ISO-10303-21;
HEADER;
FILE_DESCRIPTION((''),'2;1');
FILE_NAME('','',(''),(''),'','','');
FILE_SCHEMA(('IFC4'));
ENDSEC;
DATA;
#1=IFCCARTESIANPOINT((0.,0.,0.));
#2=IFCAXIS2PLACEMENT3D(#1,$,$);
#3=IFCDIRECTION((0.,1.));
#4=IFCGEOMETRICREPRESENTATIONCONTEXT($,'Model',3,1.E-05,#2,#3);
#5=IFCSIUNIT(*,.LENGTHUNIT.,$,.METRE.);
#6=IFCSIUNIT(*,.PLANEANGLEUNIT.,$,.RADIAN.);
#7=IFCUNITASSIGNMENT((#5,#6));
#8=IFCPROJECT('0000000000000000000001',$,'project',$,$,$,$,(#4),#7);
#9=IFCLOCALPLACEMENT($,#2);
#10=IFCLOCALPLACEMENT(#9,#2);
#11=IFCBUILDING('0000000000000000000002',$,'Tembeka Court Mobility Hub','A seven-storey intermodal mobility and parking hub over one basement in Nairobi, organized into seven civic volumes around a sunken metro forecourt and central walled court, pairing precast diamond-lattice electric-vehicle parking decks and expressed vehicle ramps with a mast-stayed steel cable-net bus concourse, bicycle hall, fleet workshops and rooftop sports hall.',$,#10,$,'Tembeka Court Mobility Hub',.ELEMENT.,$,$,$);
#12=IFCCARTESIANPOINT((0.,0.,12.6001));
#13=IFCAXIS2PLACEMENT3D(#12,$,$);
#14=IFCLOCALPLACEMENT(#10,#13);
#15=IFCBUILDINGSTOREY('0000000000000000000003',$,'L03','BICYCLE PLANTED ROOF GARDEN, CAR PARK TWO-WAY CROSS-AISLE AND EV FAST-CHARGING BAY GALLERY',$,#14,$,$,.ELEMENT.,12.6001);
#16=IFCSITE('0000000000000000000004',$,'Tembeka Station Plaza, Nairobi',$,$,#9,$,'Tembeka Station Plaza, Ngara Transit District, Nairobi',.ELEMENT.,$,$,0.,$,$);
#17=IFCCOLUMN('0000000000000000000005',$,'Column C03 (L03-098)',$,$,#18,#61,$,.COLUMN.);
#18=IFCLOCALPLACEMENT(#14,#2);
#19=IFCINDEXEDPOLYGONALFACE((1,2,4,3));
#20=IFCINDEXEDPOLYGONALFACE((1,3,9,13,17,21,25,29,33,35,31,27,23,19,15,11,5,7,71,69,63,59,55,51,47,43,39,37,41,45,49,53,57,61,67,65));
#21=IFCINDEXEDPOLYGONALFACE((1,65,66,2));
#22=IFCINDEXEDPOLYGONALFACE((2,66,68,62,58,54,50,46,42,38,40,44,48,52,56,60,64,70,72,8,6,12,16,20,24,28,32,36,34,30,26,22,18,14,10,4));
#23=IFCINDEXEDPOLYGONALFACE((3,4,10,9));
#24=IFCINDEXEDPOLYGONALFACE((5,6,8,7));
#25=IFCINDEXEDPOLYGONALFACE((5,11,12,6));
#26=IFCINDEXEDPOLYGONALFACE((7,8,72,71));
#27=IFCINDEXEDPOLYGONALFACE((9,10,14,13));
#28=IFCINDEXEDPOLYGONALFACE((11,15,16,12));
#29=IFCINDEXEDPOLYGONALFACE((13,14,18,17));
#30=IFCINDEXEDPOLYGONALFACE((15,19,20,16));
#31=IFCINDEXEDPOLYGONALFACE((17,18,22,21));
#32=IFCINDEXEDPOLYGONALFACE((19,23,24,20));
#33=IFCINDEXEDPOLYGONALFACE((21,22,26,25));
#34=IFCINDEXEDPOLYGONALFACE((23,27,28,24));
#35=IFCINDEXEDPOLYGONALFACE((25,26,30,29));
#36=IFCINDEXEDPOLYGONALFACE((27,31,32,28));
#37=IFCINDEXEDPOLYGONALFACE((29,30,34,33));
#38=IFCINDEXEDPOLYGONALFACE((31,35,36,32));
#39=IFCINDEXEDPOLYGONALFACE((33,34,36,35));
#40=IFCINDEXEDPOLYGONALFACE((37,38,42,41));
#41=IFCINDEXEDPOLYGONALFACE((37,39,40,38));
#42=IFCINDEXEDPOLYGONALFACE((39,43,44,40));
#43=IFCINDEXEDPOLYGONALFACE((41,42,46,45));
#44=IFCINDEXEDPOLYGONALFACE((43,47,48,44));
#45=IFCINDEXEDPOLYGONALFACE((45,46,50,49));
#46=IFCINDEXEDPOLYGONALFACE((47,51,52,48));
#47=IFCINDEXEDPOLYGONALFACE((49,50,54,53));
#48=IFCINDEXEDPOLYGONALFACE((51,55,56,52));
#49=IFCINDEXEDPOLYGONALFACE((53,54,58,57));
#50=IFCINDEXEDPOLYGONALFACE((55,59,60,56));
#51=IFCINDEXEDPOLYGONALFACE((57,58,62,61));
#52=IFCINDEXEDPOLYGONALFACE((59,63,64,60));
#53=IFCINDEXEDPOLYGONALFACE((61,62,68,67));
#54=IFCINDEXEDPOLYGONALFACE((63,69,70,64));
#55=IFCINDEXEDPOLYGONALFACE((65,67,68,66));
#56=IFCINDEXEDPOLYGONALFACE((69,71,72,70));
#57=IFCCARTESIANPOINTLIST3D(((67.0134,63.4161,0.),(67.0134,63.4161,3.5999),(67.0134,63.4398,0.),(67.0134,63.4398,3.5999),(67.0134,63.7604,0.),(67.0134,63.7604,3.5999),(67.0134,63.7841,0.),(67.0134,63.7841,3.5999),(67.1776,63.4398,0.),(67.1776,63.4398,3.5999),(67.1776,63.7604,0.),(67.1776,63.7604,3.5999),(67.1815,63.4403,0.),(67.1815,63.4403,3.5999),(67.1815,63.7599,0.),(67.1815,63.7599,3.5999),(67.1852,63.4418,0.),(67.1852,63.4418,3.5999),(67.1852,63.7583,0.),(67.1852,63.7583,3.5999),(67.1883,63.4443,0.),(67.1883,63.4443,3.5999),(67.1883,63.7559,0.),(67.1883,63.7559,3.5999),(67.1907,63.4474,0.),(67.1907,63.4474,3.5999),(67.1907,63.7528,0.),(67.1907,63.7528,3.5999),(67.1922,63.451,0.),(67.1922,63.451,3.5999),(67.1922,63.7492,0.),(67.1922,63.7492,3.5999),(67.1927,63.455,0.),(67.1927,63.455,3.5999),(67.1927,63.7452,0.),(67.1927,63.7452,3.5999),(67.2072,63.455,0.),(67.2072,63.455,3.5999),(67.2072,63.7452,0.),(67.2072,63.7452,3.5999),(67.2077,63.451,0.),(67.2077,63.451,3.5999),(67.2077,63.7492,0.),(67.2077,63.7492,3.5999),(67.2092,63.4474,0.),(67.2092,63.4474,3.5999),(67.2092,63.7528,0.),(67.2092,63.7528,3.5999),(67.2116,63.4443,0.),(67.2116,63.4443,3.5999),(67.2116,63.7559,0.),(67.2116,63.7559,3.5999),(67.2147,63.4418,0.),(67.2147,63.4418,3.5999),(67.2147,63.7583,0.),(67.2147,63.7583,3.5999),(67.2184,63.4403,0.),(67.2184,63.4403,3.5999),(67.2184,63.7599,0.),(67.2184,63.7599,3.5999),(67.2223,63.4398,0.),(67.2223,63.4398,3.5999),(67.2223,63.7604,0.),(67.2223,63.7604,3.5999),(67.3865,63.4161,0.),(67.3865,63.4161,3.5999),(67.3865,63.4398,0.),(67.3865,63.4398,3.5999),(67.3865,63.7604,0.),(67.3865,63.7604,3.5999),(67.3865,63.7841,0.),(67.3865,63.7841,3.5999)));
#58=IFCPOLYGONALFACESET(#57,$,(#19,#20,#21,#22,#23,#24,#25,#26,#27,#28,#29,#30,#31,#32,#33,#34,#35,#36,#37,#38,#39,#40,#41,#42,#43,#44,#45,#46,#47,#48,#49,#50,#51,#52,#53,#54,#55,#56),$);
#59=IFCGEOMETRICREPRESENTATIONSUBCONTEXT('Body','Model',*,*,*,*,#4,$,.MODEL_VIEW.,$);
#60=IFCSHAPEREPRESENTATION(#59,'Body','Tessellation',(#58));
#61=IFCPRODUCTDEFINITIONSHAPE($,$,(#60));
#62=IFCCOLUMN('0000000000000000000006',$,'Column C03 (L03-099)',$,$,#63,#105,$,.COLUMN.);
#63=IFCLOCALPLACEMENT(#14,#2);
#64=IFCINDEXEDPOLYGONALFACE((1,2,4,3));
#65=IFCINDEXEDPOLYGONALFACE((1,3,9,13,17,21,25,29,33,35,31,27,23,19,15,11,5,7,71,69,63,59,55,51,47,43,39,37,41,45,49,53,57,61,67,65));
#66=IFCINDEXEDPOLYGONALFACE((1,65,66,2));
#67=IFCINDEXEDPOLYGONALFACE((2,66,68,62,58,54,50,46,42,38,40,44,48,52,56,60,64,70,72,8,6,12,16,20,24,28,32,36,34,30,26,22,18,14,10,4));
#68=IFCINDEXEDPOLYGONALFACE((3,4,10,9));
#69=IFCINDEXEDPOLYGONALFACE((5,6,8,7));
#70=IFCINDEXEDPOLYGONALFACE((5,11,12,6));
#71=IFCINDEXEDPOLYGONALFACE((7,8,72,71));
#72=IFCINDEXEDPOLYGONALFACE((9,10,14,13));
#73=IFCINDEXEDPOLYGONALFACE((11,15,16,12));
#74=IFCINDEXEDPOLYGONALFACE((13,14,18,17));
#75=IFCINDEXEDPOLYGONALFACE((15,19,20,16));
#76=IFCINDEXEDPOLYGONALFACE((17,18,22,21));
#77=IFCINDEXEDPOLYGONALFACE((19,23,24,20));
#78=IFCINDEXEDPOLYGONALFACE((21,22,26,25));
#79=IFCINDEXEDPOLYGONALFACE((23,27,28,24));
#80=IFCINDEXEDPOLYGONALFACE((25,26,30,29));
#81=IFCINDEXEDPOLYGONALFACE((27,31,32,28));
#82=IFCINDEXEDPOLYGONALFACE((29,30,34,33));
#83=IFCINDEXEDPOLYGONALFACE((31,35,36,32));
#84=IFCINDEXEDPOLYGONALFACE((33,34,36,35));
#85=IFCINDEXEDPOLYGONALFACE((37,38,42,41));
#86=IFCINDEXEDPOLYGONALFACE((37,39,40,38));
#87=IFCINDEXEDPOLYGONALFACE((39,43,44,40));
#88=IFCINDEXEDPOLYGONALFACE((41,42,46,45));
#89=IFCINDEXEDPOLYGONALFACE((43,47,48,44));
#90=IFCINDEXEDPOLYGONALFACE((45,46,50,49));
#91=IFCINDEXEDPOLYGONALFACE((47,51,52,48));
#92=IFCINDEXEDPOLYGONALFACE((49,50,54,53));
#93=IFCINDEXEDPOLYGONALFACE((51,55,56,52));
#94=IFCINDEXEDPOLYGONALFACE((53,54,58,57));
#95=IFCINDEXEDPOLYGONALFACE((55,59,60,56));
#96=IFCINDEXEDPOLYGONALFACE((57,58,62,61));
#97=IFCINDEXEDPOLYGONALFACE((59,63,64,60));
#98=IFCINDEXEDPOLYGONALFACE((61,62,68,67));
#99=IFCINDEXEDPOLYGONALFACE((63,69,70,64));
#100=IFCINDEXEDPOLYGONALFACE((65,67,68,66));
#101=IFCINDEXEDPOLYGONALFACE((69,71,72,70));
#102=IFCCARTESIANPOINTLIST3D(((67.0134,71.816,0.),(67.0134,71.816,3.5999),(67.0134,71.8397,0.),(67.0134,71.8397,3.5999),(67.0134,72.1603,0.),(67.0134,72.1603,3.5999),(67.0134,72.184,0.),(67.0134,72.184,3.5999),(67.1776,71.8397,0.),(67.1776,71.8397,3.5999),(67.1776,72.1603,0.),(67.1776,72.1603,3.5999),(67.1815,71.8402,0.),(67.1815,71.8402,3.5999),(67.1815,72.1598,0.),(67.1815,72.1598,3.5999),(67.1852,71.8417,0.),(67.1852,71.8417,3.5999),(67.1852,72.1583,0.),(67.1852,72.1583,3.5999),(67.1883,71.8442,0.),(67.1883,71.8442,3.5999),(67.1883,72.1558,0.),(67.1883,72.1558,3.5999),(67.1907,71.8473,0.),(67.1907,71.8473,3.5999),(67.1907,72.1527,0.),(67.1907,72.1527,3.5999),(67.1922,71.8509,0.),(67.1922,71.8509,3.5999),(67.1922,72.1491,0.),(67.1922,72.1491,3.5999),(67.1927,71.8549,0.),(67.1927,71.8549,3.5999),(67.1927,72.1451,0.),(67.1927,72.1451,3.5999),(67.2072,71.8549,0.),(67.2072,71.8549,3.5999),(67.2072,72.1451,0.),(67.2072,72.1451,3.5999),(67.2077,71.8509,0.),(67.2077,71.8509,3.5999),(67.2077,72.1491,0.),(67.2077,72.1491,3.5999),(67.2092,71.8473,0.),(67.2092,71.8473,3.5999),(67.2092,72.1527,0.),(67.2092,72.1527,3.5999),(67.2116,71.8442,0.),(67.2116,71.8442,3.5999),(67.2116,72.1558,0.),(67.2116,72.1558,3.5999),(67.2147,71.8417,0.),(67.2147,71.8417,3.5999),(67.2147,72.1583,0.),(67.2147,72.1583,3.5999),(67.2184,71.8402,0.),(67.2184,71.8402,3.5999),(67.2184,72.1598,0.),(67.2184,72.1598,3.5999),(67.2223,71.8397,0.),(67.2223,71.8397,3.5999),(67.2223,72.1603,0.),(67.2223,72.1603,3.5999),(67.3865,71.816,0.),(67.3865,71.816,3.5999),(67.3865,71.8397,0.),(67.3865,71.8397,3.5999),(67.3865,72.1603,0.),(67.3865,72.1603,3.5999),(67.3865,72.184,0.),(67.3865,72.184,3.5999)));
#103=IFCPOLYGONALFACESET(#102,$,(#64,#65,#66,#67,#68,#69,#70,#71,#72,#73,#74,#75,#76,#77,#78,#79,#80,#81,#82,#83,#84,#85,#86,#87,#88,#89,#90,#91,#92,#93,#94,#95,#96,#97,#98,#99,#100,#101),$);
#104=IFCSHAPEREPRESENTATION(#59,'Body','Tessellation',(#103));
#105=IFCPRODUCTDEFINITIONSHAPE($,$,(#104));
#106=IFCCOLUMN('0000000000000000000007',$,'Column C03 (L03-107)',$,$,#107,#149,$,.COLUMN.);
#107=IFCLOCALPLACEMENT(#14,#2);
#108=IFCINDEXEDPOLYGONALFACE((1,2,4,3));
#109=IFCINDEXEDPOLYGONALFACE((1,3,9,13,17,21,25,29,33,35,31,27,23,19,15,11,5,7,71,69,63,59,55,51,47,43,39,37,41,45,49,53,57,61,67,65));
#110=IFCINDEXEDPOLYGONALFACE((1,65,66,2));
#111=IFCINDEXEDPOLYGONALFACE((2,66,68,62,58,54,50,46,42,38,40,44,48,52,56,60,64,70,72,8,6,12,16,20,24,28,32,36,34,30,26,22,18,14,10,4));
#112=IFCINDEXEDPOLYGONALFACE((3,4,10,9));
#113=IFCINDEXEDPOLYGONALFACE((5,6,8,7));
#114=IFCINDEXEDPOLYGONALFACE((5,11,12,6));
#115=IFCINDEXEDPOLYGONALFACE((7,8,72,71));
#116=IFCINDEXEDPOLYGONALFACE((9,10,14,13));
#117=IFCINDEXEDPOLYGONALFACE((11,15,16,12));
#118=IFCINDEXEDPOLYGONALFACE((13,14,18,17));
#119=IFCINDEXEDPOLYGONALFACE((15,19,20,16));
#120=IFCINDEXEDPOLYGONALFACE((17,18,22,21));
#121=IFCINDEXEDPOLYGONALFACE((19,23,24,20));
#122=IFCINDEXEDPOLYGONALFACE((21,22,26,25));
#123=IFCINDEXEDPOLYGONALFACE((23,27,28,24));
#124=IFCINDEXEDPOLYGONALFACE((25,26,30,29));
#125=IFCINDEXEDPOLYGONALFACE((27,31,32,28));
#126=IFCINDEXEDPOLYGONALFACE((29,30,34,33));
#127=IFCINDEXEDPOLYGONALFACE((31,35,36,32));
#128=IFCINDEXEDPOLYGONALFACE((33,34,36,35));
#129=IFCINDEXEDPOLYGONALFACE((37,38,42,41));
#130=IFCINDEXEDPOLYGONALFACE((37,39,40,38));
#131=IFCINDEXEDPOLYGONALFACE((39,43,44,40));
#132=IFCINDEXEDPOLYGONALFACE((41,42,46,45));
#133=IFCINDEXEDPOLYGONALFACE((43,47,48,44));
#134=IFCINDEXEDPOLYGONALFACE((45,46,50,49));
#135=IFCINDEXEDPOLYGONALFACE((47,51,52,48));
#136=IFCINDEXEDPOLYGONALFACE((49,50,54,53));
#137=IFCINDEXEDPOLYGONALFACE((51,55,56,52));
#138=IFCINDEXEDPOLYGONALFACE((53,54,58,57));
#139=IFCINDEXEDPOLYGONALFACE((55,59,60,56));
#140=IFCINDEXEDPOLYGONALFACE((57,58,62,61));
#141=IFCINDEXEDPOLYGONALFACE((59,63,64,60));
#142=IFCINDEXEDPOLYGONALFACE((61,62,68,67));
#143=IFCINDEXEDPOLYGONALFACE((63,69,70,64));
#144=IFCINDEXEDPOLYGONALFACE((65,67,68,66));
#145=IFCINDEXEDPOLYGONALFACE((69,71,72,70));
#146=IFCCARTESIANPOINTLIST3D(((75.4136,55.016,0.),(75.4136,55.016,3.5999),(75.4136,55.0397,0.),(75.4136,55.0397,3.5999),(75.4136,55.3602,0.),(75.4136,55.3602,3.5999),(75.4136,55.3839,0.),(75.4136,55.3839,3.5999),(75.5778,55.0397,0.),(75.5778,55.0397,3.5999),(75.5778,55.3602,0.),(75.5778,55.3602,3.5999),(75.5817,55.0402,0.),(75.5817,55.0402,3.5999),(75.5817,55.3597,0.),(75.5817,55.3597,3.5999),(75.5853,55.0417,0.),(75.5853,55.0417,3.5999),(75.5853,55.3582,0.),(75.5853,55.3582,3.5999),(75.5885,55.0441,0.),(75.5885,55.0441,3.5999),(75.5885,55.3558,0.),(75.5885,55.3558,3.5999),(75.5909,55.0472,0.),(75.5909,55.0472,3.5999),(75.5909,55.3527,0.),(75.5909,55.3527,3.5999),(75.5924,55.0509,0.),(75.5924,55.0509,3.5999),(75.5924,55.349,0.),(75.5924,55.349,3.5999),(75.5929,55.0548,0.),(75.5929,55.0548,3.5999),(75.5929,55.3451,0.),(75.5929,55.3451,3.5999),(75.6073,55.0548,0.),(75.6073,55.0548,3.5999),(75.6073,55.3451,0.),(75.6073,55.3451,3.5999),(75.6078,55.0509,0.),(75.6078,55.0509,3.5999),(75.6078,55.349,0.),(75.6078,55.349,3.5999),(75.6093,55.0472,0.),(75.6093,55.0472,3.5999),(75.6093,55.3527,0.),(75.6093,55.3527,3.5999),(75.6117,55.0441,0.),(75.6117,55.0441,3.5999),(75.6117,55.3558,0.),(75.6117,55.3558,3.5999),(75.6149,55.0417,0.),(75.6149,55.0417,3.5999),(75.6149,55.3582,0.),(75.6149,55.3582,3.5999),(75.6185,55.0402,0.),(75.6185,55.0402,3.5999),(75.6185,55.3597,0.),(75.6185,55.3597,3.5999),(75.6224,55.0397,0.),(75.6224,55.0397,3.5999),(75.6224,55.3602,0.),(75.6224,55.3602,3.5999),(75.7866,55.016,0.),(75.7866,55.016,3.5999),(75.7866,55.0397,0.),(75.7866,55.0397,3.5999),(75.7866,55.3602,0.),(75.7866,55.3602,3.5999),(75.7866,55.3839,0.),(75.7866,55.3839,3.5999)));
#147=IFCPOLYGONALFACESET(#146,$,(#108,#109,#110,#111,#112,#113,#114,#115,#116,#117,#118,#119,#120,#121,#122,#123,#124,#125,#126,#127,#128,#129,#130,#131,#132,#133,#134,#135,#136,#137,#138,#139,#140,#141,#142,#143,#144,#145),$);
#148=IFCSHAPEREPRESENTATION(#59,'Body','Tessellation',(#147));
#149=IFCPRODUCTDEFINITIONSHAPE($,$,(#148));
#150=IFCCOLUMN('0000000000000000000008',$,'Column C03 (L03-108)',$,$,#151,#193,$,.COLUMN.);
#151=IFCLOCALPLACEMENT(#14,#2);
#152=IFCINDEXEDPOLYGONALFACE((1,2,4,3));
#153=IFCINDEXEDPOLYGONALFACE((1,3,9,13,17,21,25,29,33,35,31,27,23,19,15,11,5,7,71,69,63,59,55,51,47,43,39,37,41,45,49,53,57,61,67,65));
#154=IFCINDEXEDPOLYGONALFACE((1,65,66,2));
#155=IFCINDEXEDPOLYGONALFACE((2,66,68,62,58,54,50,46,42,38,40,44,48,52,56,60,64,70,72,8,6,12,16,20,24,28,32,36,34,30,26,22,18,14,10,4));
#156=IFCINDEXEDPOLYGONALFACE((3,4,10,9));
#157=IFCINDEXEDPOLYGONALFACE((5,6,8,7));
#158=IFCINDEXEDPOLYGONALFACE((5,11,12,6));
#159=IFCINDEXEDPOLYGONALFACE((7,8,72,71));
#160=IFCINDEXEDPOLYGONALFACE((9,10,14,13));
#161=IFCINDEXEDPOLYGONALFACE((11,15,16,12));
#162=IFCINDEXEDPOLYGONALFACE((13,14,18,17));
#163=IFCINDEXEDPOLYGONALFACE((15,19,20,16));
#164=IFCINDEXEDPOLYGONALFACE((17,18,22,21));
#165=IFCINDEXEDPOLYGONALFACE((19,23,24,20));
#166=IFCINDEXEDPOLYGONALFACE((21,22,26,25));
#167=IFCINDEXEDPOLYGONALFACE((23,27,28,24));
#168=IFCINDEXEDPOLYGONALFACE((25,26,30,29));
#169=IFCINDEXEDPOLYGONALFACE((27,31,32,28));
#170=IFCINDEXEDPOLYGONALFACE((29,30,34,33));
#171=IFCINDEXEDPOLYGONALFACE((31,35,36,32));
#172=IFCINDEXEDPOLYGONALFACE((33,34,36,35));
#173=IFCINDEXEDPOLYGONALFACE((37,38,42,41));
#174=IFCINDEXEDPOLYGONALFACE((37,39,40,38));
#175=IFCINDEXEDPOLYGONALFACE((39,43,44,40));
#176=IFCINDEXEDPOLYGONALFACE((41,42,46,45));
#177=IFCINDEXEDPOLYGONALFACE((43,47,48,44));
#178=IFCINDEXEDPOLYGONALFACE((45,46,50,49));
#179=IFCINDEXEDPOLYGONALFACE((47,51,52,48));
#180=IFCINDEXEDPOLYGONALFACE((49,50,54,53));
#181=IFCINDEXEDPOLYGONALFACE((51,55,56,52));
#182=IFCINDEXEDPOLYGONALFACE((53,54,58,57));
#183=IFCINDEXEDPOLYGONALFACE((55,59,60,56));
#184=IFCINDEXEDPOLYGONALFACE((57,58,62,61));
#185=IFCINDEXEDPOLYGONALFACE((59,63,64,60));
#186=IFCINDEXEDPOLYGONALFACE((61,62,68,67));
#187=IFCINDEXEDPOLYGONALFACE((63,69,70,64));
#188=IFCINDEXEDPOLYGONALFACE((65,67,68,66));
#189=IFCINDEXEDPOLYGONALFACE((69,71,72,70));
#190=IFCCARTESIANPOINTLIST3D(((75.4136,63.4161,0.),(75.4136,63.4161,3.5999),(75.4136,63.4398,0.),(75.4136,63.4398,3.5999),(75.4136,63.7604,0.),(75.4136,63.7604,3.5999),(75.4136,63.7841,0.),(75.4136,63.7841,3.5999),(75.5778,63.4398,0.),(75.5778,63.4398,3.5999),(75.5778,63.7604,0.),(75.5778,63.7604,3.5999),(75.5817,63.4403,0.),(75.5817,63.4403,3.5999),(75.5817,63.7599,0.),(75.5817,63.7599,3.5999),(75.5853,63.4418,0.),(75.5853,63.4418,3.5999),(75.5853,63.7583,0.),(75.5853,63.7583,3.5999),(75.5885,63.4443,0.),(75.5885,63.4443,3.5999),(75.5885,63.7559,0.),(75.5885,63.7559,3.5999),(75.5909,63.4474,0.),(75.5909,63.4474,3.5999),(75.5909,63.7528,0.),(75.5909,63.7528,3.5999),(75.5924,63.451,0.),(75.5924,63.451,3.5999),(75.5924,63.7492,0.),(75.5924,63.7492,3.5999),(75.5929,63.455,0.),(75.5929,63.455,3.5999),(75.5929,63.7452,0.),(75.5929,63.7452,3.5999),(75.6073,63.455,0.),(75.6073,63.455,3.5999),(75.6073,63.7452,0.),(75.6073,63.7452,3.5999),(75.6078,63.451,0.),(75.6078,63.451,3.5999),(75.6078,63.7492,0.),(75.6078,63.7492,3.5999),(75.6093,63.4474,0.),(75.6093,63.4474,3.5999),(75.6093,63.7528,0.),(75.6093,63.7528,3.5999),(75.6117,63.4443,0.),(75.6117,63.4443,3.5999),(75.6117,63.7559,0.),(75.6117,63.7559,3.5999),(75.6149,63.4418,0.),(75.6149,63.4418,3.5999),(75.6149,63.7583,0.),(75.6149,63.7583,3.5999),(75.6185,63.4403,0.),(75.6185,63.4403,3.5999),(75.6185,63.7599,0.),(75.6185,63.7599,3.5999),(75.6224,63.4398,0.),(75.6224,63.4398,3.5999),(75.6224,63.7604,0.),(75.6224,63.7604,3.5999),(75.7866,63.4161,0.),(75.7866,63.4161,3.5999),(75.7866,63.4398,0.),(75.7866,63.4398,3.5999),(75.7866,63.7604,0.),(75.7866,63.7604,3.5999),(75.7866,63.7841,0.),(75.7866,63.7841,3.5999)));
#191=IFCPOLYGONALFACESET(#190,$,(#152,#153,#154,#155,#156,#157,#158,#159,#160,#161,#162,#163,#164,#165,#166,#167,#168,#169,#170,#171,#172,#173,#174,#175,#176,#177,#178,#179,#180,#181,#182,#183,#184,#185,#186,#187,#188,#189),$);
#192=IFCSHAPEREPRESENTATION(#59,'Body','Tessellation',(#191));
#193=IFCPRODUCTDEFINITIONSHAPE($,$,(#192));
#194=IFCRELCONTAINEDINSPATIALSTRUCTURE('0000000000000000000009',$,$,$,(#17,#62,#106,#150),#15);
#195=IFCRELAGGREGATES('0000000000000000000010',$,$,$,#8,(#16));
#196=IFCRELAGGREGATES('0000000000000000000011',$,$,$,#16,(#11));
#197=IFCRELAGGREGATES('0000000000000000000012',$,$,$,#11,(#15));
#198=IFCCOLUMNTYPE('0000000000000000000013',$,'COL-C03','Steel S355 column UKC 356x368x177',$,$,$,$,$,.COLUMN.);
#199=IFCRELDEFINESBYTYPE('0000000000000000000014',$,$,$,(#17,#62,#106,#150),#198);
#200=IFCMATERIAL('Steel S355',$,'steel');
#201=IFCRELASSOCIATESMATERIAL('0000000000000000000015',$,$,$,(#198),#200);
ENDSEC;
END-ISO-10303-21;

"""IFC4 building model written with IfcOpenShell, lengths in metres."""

from ifc_helpers import new_model, si_unit, direction, frame, origin, origin_2d, place, context, subcontext, project, spatial, i_section, extrude, material, material_profile, profile_set, type_object, element, save


model = new_model("IFC4")

# Units and contexts
model_context = context("Model", 3, precision=1e-05, world=origin(), true_north=direction((0.0, 1.0)))
body_context = subcontext(model_context, "Body", "Model", "MODEL_VIEW")
ifc_project = project(units=[si_unit("LENGTHUNIT", "METRE"), si_unit("PLANEANGLEUNIT", "RADIAN")], contexts=[model_context])

# Site, building, storey
site_placement = place(None, origin())
site = spatial("IfcSite", under=ifc_project, at=site_placement, Name="Tembeka Station Plaza, Nairobi", LongName="Tembeka Station Plaza, Ngara Transit District, Nairobi", CompositionType="ELEMENT", RefElevation=0.0)
building_placement = place(site_placement, origin())
building = spatial("IfcBuilding", under=site, at=building_placement, Name="Tembeka Court Mobility Hub", Description="A seven-storey intermodal mobility and parking hub over one basement in Nairobi, organized into seven civic volumes around a sunken metro forecourt and central walled court, pairing precast diamond-lattice electric-vehicle parking decks and expressed vehicle ramps with a mast-stayed steel cable-net bus concourse, bicycle hall, fleet workshops and rooftop sports hall.", LongName="Tembeka Court Mobility Hub", CompositionType="ELEMENT")
storey_placement = place(building_placement, frame((0.0, 0.0, 12.6001)))
storey = spatial("IfcBuildingStorey", under=building, at=storey_placement, Name="L03", Description="BICYCLE PLANTED ROOF GARDEN, CAR PARK TWO-WAY CROSS-AISLE AND EV FAST-CHARGING BAY GALLERY", CompositionType="ELEMENT", Elevation=12.6001)

# Columns
ifc_material_1 = material(Name="Steel S355", Category="steel")
ifc_material_profile_1 = material_profile(ifc_material_1, i_section(OverallWidth=0.373, OverallDepth=0.3679, WebThickness=0.0144, FlangeThickness=0.0237, FilletRadius=0.0151, at=origin_2d()), Name="UKC 356x368x177")
ifc_profile_set_1 = profile_set([ifc_material_profile_1], Name="Steel S355")
column_type = type_object("IfcColumnType", Name="COL-C03", Description="Steel S355 column UKC 356x368x177", PredefinedType="COLUMN", material=ifc_profile_set_1)
for number, where, z_axis, x_axis, name in (
    (1, (67.2, 63.6001, 0.0), (0.0, 0.0, 1.0), (1.0, 0.0, 0.0), "Column C03 (L03-098)"),
    (2, (67.2, 72.0, 0.0), (0.0, 0.0, 1.0), (1.0, 0.0, 0.0), "Column C03 (L03-099)"),
    (3, (75.6001, 55.2, 0.0), (0.0, 0.0, 1.0), (1.0, 0.0, 0.0), "Column C03 (L03-107)"),
    (4, (75.6001, 63.6001, 0.0), (0.0, 0.0, 1.0), (1.0, 0.0, 0.0), "Column C03 (L03-108)"),
):
    element("IfcColumn", number, at=place(storey_placement, frame(where, z_axis=z_axis, x_axis=x_axis)), inside=storey, type_object=column_type, Name=name, PredefinedType="COLUMN", context=body_context, shape_type="SweptSolid", body=[
        extrude(i_section(OverallWidth=0.373, OverallDepth=0.3679, WebThickness=0.0144, FlangeThickness=0.0237, FilletRadius=0.0151, at=origin_2d()), origin(), (0.0, 0.0, 1.0), 3.5999),
    ])

save(model, "model.ifc")
